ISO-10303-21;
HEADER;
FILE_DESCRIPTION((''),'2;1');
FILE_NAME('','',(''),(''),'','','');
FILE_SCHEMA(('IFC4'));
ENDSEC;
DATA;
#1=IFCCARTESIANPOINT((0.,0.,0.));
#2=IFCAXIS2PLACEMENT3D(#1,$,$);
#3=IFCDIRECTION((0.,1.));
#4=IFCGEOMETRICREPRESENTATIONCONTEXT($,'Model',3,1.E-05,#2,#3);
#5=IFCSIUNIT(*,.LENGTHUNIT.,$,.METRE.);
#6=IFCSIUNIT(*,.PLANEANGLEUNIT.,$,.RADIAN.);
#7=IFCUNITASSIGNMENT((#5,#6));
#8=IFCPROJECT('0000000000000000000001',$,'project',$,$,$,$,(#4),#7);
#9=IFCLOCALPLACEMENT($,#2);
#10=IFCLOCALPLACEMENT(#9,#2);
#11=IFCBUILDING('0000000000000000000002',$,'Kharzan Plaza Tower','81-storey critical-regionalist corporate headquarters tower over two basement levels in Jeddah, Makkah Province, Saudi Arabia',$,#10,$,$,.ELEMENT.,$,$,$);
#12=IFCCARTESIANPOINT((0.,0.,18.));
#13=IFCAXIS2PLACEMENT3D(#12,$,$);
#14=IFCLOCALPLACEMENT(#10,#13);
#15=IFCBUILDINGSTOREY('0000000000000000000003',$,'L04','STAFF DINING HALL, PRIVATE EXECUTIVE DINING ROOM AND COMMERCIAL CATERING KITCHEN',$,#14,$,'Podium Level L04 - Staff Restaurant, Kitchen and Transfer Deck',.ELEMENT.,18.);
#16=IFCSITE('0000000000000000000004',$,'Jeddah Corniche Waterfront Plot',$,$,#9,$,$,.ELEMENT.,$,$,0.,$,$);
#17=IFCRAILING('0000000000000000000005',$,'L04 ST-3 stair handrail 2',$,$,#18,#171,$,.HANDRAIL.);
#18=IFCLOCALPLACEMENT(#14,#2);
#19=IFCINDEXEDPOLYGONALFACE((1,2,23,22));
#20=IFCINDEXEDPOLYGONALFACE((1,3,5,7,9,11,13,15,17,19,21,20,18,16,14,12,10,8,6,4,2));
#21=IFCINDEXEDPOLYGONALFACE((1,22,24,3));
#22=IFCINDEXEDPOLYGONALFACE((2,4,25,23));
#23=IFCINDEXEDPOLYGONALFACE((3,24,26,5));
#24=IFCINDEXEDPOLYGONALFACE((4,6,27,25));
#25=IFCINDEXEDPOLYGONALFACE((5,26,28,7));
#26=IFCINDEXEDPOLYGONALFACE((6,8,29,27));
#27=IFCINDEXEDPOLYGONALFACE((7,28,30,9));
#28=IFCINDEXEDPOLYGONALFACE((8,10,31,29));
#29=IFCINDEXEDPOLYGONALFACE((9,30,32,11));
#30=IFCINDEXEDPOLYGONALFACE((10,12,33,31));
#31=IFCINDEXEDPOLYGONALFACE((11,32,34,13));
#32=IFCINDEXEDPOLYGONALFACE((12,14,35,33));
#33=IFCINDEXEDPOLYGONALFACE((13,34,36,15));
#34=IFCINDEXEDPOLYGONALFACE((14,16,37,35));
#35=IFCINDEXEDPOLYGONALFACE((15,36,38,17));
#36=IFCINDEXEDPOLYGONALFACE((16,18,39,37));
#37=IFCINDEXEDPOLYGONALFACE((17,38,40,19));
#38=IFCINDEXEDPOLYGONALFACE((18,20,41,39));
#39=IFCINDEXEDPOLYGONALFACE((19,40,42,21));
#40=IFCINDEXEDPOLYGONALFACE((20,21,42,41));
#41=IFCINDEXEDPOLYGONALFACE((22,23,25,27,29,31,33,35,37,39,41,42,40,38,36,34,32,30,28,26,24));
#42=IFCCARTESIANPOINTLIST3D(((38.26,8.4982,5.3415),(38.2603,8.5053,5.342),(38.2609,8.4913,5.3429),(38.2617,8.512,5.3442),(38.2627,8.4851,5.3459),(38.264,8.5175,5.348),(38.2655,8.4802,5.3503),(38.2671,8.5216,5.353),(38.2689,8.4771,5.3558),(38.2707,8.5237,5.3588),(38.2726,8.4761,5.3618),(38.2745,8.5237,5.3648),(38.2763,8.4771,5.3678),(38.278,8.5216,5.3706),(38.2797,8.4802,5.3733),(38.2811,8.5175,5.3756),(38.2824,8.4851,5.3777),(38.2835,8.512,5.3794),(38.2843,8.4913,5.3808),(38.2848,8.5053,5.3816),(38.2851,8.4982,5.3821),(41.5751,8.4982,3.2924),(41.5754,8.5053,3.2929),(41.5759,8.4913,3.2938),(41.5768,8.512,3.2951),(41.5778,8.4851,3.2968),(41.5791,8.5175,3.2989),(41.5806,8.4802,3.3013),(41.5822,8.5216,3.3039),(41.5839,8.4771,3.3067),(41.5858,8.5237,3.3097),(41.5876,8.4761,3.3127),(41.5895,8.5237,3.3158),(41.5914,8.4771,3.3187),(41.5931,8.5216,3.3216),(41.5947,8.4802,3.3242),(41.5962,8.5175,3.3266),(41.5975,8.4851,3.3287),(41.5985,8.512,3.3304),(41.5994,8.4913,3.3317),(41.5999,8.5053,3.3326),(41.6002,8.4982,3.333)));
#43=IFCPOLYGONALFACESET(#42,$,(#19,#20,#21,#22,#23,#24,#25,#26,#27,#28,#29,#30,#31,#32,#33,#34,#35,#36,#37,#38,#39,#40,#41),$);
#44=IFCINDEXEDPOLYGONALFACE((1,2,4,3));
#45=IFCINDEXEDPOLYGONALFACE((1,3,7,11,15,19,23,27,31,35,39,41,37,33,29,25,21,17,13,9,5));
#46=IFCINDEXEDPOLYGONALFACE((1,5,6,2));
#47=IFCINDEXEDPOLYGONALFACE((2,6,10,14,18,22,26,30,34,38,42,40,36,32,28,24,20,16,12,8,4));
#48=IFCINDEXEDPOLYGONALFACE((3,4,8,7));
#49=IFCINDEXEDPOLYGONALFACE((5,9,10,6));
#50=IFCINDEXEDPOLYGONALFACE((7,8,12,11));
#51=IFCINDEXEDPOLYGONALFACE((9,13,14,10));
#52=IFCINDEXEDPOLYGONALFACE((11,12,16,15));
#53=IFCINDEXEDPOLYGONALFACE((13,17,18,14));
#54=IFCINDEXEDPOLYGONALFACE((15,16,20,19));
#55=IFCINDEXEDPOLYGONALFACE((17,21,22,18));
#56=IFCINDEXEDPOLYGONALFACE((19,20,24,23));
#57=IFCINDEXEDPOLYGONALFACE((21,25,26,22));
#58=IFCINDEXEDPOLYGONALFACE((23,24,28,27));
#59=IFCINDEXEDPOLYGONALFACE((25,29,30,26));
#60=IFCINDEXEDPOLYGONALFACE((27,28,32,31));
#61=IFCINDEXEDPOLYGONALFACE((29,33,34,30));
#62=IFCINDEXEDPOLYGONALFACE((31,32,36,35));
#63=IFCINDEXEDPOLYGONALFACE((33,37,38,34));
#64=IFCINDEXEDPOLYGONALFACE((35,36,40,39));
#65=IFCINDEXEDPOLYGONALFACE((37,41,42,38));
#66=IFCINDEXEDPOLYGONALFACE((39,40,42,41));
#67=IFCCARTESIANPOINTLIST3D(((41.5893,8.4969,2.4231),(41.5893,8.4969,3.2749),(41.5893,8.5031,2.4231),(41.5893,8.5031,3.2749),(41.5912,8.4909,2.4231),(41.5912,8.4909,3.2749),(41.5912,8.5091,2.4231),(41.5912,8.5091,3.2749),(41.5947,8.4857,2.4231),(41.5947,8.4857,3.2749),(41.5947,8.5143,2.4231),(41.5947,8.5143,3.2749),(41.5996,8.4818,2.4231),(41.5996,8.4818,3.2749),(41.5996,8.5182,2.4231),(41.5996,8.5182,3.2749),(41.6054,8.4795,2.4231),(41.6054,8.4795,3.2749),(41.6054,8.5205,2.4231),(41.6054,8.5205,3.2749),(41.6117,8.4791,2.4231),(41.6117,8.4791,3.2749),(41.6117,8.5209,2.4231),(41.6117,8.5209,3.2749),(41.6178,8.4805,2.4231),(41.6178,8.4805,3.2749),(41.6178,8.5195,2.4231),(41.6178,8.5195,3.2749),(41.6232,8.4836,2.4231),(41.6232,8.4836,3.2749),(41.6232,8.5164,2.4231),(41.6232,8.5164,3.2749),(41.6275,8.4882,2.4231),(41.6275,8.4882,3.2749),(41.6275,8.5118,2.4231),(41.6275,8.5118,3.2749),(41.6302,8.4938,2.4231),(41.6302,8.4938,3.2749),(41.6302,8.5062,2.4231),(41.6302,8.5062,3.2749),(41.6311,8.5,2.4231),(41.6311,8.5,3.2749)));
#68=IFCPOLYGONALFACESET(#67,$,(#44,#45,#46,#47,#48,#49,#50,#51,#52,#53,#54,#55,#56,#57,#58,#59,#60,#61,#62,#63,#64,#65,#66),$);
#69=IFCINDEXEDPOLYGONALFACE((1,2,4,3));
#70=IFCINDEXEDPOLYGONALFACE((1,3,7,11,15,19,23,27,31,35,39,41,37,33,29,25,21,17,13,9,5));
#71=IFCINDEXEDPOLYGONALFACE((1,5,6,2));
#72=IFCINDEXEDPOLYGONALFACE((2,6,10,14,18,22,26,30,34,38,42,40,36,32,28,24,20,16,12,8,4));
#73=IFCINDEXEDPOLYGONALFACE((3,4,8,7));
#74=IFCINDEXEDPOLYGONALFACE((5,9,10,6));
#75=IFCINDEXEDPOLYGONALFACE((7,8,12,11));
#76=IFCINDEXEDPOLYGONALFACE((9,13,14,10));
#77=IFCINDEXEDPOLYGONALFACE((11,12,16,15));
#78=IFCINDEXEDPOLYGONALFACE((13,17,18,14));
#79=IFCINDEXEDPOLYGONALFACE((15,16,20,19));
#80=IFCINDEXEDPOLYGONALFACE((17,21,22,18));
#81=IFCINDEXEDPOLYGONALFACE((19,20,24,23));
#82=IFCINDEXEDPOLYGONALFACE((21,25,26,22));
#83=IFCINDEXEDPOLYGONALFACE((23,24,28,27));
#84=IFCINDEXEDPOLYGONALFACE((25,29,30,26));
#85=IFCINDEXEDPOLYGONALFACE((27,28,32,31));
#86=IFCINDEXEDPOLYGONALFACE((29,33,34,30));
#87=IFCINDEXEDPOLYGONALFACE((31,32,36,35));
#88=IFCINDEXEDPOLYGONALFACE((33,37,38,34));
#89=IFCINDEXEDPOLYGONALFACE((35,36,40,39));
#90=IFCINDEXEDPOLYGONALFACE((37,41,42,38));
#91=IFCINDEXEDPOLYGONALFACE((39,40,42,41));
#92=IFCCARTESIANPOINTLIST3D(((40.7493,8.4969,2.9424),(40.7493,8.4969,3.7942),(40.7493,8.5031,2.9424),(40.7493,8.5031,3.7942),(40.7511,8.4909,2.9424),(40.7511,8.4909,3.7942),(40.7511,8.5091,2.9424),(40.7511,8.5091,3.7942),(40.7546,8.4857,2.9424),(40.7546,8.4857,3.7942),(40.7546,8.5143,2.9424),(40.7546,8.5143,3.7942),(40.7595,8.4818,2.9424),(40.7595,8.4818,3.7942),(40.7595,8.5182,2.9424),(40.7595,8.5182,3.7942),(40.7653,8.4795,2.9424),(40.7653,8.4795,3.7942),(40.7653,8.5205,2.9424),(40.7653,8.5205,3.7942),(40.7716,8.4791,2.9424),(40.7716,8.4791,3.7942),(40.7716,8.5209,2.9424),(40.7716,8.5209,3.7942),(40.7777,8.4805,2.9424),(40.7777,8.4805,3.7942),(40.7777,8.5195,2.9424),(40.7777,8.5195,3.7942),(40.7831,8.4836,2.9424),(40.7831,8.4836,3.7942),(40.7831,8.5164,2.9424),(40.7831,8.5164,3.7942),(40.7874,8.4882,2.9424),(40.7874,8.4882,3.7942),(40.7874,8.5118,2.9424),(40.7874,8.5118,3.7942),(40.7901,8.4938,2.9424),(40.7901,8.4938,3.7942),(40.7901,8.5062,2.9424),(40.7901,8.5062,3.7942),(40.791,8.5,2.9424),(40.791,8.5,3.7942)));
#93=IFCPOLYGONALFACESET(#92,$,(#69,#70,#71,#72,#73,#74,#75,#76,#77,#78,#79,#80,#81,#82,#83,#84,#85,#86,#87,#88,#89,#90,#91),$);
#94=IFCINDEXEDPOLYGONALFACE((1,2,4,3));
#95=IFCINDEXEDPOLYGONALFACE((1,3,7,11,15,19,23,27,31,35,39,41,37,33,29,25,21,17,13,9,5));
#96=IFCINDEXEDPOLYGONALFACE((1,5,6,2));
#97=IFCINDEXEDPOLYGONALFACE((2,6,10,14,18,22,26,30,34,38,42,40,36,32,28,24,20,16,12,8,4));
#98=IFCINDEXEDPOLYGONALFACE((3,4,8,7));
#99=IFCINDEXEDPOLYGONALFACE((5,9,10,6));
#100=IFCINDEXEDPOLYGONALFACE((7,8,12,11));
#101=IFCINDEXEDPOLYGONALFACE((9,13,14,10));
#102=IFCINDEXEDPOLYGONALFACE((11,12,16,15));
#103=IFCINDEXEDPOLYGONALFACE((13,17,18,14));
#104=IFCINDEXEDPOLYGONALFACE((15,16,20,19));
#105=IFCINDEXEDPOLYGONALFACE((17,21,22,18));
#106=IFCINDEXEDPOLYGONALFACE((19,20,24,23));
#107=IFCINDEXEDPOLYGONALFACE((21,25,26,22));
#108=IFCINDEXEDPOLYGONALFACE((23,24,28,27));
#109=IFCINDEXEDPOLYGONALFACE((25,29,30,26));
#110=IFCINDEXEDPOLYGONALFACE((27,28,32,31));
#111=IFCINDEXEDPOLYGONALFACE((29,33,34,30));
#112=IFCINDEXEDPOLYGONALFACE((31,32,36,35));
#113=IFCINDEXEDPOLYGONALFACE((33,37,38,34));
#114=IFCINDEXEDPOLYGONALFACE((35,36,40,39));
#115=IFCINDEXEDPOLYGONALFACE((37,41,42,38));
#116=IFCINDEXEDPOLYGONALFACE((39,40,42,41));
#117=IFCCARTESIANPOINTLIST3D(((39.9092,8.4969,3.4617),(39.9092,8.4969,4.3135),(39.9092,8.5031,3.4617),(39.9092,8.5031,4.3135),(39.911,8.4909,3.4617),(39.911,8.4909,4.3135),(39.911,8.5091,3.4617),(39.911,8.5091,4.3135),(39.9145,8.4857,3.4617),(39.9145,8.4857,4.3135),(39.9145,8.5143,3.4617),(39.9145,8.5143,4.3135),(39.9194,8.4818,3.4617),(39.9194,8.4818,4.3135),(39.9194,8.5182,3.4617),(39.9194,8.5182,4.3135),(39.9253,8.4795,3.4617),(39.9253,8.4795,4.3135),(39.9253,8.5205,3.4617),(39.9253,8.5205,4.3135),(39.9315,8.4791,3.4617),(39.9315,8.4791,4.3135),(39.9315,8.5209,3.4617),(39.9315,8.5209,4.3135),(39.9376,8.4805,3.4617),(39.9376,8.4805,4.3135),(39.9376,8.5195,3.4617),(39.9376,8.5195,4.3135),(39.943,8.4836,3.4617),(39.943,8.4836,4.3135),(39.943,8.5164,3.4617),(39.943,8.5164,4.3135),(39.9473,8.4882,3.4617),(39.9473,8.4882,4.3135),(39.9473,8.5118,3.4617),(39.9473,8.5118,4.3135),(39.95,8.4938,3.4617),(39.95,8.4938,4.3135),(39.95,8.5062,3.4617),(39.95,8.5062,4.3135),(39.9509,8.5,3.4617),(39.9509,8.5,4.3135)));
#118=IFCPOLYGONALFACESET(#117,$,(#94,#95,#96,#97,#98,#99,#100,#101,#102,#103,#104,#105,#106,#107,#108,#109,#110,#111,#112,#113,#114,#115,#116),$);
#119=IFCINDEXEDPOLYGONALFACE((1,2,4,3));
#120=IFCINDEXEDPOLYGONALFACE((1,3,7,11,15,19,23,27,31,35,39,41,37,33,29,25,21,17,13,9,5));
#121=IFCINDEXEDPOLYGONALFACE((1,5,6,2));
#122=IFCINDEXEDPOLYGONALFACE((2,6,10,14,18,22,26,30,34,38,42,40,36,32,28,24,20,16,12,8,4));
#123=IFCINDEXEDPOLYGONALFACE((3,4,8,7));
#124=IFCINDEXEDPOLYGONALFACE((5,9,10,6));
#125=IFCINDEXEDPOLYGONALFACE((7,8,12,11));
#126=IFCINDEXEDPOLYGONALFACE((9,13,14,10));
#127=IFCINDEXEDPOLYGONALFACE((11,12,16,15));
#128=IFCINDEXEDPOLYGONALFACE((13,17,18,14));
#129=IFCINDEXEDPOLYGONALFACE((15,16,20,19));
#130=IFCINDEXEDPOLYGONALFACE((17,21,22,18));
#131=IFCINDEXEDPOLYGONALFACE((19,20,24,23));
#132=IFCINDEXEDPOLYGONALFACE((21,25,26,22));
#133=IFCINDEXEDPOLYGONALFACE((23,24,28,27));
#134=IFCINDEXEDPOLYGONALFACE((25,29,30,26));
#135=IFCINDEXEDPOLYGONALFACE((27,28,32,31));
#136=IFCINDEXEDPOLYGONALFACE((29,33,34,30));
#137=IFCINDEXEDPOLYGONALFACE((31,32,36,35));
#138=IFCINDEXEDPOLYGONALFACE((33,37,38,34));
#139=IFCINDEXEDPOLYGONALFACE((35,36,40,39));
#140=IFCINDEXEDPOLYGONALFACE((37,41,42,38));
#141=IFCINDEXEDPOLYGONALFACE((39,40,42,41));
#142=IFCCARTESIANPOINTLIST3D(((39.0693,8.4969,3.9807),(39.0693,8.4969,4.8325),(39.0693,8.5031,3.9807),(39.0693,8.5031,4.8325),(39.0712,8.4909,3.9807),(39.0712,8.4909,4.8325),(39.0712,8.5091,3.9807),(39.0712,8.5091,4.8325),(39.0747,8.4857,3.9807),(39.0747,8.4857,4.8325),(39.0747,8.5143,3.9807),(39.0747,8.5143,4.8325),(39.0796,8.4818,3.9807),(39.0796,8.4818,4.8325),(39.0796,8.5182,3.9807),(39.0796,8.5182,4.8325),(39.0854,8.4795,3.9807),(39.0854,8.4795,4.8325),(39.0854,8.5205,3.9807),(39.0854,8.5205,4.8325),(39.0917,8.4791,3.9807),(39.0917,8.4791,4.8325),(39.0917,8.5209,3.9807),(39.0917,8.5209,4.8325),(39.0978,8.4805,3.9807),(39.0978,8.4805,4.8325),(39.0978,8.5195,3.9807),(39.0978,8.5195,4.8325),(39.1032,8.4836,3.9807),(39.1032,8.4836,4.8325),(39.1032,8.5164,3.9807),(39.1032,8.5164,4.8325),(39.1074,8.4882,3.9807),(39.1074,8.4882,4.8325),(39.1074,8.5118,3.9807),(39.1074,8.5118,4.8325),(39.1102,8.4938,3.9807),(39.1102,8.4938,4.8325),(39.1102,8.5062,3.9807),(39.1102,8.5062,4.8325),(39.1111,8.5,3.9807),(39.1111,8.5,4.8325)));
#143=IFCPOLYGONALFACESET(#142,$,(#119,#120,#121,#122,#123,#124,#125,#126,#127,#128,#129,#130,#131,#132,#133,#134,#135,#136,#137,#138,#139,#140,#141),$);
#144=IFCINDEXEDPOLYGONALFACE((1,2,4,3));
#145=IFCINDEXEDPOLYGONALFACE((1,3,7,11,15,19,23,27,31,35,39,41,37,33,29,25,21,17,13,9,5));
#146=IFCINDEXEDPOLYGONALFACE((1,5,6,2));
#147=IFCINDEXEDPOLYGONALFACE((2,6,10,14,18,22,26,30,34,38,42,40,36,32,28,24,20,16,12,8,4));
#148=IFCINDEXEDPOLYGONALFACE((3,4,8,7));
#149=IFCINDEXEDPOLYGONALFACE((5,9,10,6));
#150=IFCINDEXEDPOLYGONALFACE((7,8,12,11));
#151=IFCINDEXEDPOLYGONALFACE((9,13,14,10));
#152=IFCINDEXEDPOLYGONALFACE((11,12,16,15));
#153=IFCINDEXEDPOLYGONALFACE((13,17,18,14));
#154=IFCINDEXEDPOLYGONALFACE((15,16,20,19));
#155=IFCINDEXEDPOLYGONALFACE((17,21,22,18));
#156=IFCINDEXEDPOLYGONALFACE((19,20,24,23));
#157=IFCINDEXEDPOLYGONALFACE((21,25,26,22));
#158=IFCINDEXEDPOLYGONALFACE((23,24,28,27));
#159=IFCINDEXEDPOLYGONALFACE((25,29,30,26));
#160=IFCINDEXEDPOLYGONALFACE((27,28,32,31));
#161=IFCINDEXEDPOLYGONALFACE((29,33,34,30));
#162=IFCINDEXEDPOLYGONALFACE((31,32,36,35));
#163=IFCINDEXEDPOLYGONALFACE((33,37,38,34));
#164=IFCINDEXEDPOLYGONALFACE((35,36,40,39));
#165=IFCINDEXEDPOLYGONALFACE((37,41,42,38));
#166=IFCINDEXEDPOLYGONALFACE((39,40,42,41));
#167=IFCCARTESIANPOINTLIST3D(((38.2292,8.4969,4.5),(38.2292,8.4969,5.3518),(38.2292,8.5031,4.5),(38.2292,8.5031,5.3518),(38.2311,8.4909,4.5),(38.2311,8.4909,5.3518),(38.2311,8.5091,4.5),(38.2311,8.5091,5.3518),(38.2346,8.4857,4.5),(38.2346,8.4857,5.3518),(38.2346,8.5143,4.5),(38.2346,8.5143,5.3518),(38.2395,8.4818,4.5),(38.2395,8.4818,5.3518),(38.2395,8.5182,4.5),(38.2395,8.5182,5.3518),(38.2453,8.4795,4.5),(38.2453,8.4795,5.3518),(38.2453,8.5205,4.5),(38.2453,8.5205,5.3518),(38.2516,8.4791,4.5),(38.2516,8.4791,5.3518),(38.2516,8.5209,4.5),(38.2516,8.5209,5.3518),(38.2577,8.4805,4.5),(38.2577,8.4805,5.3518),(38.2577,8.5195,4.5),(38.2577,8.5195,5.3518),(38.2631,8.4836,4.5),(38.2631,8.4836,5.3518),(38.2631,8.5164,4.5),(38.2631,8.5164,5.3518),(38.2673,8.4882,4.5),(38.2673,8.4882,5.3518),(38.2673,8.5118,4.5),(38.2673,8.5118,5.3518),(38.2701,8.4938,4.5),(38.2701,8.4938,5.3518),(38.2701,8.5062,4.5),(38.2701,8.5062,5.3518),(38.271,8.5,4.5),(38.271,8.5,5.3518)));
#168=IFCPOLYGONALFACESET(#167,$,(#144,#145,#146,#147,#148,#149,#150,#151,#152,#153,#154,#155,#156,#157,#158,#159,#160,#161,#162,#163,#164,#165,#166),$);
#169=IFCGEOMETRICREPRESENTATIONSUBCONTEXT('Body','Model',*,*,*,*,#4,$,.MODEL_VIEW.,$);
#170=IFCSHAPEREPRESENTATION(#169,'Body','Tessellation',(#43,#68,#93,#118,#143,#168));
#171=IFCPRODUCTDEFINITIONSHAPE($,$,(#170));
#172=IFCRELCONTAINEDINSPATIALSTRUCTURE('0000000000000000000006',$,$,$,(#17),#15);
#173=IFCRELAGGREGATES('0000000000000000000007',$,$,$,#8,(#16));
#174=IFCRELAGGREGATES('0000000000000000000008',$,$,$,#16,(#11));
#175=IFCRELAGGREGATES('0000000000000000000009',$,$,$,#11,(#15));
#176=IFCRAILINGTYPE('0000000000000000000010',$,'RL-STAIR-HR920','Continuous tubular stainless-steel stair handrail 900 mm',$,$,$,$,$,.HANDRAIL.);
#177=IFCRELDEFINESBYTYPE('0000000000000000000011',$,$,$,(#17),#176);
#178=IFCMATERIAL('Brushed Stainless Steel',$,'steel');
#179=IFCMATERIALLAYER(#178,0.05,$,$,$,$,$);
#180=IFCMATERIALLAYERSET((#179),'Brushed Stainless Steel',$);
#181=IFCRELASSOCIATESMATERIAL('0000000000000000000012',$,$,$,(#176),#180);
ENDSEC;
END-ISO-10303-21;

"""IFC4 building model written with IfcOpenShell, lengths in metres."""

from ifc_helpers import new_model, si_unit, direction, frame, origin, origin_2d, place, context, subcontext, project, spatial, circle, extrude, source, transform, mapped, material, layer, layer_set, type_object, element, save


model = new_model("IFC4")

# Units and contexts
model_context = context("Model", 3, precision=1e-05, world=origin(), true_north=direction((0.0, 1.0)))
body_context = subcontext(model_context, "Body", "Model", "MODEL_VIEW")
ifc_project = project(units=[si_unit("LENGTHUNIT", "METRE"), si_unit("PLANEANGLEUNIT", "RADIAN")], contexts=[model_context])

# Site, building, storey
site_placement = place(None, origin())
site = spatial("IfcSite", under=ifc_project, at=site_placement, Name="Jeddah Corniche Waterfront Plot", CompositionType="ELEMENT", RefElevation=0.0)
building_placement = place(site_placement, origin())
building = spatial("IfcBuilding", under=site, at=building_placement, Name="Kharzan Plaza Tower", Description="81-storey critical-regionalist corporate headquarters tower over two basement levels in Jeddah, Makkah Province, Saudi Arabia", CompositionType="ELEMENT")
storey_placement = place(building_placement, frame((0.0, 0.0, 18.0)))
storey = spatial("IfcBuildingStorey", under=building, at=storey_placement, Name="L04", Description="STAFF DINING HALL, PRIVATE EXECUTIVE DINING ROOM AND COMMERCIAL CATERING KITCHEN", LongName="Podium Level L04 - Staff Restaurant, Kitchen and Transfer Deck", CompositionType="ELEMENT", Elevation=18.0)

# Railing
ifc_material_1 = material(Name="Brushed Stainless Steel", Category="steel")
ifc_layer_1 = layer(ifc_material_1, 0.05)
ifc_layer_set_1 = layer_set([ifc_layer_1], Name="Brushed Stainless Steel")
railing_type_1 = type_object("IfcRailingType", Name="RL-STAIR-HR920", Description="Continuous tubular stainless-steel stair handrail 900 mm", PredefinedType="HANDRAIL", material=ifc_layer_set_1)
shared_shape_1 = source(origin(), body_context, "Body", "SweptSolid", [
    extrude(circle(Radius=0.0239, at=origin_2d()), frame((-0.0225, 0.0, 0.8896), z_axis=(-0.850623, 0.0, 0.525776), x_axis=(0.0, -1.0, 0.0)), (0.0, 0.0, 1.0), 3.8972),
    extrude(circle(Radius=0.021, at=origin_2d()), origin(), (0.0, 0.0, 1.0), 0.8518),
    extrude(circle(Radius=0.021, at=origin_2d()), frame((-0.8401, 0.0, 0.5193)), (0.0, 0.0, 1.0), 0.8518),
    extrude(circle(Radius=0.021, at=origin_2d()), frame((-1.6802, 0.0, 1.0386)), (0.0, 0.0, 1.0), 0.8518),
    extrude(circle(Radius=0.021, at=origin_2d()), frame((-2.52, 0.0, 1.5576)), (0.0, 0.0, 1.0), 0.8518),
    extrude(circle(Radius=0.021, at=origin_2d()), frame((-3.3601, 0.0, 2.0769)), (0.0, 0.0, 1.0), 0.8518),
])
railing_1_placement = place(storey_placement, frame((41.6101, 8.5, 2.4231)))
element("IfcRailing", 1, at=railing_1_placement, inside=storey, type_object=railing_type_1, Name="L04 ST-3 stair handrail 2", PredefinedType="HANDRAIL", context=body_context, shape_type="MappedRepresentation", body=[
    mapped(shared_shape_1, transform((0.0, 0.0, 0.0), x_axis=(1.0, 0.0, 0.0), y_axis=(0.0, 1.0, 0.0), z_axis=(0.0, 0.0, 1.0))),
])

save(model, "model.ifc")
